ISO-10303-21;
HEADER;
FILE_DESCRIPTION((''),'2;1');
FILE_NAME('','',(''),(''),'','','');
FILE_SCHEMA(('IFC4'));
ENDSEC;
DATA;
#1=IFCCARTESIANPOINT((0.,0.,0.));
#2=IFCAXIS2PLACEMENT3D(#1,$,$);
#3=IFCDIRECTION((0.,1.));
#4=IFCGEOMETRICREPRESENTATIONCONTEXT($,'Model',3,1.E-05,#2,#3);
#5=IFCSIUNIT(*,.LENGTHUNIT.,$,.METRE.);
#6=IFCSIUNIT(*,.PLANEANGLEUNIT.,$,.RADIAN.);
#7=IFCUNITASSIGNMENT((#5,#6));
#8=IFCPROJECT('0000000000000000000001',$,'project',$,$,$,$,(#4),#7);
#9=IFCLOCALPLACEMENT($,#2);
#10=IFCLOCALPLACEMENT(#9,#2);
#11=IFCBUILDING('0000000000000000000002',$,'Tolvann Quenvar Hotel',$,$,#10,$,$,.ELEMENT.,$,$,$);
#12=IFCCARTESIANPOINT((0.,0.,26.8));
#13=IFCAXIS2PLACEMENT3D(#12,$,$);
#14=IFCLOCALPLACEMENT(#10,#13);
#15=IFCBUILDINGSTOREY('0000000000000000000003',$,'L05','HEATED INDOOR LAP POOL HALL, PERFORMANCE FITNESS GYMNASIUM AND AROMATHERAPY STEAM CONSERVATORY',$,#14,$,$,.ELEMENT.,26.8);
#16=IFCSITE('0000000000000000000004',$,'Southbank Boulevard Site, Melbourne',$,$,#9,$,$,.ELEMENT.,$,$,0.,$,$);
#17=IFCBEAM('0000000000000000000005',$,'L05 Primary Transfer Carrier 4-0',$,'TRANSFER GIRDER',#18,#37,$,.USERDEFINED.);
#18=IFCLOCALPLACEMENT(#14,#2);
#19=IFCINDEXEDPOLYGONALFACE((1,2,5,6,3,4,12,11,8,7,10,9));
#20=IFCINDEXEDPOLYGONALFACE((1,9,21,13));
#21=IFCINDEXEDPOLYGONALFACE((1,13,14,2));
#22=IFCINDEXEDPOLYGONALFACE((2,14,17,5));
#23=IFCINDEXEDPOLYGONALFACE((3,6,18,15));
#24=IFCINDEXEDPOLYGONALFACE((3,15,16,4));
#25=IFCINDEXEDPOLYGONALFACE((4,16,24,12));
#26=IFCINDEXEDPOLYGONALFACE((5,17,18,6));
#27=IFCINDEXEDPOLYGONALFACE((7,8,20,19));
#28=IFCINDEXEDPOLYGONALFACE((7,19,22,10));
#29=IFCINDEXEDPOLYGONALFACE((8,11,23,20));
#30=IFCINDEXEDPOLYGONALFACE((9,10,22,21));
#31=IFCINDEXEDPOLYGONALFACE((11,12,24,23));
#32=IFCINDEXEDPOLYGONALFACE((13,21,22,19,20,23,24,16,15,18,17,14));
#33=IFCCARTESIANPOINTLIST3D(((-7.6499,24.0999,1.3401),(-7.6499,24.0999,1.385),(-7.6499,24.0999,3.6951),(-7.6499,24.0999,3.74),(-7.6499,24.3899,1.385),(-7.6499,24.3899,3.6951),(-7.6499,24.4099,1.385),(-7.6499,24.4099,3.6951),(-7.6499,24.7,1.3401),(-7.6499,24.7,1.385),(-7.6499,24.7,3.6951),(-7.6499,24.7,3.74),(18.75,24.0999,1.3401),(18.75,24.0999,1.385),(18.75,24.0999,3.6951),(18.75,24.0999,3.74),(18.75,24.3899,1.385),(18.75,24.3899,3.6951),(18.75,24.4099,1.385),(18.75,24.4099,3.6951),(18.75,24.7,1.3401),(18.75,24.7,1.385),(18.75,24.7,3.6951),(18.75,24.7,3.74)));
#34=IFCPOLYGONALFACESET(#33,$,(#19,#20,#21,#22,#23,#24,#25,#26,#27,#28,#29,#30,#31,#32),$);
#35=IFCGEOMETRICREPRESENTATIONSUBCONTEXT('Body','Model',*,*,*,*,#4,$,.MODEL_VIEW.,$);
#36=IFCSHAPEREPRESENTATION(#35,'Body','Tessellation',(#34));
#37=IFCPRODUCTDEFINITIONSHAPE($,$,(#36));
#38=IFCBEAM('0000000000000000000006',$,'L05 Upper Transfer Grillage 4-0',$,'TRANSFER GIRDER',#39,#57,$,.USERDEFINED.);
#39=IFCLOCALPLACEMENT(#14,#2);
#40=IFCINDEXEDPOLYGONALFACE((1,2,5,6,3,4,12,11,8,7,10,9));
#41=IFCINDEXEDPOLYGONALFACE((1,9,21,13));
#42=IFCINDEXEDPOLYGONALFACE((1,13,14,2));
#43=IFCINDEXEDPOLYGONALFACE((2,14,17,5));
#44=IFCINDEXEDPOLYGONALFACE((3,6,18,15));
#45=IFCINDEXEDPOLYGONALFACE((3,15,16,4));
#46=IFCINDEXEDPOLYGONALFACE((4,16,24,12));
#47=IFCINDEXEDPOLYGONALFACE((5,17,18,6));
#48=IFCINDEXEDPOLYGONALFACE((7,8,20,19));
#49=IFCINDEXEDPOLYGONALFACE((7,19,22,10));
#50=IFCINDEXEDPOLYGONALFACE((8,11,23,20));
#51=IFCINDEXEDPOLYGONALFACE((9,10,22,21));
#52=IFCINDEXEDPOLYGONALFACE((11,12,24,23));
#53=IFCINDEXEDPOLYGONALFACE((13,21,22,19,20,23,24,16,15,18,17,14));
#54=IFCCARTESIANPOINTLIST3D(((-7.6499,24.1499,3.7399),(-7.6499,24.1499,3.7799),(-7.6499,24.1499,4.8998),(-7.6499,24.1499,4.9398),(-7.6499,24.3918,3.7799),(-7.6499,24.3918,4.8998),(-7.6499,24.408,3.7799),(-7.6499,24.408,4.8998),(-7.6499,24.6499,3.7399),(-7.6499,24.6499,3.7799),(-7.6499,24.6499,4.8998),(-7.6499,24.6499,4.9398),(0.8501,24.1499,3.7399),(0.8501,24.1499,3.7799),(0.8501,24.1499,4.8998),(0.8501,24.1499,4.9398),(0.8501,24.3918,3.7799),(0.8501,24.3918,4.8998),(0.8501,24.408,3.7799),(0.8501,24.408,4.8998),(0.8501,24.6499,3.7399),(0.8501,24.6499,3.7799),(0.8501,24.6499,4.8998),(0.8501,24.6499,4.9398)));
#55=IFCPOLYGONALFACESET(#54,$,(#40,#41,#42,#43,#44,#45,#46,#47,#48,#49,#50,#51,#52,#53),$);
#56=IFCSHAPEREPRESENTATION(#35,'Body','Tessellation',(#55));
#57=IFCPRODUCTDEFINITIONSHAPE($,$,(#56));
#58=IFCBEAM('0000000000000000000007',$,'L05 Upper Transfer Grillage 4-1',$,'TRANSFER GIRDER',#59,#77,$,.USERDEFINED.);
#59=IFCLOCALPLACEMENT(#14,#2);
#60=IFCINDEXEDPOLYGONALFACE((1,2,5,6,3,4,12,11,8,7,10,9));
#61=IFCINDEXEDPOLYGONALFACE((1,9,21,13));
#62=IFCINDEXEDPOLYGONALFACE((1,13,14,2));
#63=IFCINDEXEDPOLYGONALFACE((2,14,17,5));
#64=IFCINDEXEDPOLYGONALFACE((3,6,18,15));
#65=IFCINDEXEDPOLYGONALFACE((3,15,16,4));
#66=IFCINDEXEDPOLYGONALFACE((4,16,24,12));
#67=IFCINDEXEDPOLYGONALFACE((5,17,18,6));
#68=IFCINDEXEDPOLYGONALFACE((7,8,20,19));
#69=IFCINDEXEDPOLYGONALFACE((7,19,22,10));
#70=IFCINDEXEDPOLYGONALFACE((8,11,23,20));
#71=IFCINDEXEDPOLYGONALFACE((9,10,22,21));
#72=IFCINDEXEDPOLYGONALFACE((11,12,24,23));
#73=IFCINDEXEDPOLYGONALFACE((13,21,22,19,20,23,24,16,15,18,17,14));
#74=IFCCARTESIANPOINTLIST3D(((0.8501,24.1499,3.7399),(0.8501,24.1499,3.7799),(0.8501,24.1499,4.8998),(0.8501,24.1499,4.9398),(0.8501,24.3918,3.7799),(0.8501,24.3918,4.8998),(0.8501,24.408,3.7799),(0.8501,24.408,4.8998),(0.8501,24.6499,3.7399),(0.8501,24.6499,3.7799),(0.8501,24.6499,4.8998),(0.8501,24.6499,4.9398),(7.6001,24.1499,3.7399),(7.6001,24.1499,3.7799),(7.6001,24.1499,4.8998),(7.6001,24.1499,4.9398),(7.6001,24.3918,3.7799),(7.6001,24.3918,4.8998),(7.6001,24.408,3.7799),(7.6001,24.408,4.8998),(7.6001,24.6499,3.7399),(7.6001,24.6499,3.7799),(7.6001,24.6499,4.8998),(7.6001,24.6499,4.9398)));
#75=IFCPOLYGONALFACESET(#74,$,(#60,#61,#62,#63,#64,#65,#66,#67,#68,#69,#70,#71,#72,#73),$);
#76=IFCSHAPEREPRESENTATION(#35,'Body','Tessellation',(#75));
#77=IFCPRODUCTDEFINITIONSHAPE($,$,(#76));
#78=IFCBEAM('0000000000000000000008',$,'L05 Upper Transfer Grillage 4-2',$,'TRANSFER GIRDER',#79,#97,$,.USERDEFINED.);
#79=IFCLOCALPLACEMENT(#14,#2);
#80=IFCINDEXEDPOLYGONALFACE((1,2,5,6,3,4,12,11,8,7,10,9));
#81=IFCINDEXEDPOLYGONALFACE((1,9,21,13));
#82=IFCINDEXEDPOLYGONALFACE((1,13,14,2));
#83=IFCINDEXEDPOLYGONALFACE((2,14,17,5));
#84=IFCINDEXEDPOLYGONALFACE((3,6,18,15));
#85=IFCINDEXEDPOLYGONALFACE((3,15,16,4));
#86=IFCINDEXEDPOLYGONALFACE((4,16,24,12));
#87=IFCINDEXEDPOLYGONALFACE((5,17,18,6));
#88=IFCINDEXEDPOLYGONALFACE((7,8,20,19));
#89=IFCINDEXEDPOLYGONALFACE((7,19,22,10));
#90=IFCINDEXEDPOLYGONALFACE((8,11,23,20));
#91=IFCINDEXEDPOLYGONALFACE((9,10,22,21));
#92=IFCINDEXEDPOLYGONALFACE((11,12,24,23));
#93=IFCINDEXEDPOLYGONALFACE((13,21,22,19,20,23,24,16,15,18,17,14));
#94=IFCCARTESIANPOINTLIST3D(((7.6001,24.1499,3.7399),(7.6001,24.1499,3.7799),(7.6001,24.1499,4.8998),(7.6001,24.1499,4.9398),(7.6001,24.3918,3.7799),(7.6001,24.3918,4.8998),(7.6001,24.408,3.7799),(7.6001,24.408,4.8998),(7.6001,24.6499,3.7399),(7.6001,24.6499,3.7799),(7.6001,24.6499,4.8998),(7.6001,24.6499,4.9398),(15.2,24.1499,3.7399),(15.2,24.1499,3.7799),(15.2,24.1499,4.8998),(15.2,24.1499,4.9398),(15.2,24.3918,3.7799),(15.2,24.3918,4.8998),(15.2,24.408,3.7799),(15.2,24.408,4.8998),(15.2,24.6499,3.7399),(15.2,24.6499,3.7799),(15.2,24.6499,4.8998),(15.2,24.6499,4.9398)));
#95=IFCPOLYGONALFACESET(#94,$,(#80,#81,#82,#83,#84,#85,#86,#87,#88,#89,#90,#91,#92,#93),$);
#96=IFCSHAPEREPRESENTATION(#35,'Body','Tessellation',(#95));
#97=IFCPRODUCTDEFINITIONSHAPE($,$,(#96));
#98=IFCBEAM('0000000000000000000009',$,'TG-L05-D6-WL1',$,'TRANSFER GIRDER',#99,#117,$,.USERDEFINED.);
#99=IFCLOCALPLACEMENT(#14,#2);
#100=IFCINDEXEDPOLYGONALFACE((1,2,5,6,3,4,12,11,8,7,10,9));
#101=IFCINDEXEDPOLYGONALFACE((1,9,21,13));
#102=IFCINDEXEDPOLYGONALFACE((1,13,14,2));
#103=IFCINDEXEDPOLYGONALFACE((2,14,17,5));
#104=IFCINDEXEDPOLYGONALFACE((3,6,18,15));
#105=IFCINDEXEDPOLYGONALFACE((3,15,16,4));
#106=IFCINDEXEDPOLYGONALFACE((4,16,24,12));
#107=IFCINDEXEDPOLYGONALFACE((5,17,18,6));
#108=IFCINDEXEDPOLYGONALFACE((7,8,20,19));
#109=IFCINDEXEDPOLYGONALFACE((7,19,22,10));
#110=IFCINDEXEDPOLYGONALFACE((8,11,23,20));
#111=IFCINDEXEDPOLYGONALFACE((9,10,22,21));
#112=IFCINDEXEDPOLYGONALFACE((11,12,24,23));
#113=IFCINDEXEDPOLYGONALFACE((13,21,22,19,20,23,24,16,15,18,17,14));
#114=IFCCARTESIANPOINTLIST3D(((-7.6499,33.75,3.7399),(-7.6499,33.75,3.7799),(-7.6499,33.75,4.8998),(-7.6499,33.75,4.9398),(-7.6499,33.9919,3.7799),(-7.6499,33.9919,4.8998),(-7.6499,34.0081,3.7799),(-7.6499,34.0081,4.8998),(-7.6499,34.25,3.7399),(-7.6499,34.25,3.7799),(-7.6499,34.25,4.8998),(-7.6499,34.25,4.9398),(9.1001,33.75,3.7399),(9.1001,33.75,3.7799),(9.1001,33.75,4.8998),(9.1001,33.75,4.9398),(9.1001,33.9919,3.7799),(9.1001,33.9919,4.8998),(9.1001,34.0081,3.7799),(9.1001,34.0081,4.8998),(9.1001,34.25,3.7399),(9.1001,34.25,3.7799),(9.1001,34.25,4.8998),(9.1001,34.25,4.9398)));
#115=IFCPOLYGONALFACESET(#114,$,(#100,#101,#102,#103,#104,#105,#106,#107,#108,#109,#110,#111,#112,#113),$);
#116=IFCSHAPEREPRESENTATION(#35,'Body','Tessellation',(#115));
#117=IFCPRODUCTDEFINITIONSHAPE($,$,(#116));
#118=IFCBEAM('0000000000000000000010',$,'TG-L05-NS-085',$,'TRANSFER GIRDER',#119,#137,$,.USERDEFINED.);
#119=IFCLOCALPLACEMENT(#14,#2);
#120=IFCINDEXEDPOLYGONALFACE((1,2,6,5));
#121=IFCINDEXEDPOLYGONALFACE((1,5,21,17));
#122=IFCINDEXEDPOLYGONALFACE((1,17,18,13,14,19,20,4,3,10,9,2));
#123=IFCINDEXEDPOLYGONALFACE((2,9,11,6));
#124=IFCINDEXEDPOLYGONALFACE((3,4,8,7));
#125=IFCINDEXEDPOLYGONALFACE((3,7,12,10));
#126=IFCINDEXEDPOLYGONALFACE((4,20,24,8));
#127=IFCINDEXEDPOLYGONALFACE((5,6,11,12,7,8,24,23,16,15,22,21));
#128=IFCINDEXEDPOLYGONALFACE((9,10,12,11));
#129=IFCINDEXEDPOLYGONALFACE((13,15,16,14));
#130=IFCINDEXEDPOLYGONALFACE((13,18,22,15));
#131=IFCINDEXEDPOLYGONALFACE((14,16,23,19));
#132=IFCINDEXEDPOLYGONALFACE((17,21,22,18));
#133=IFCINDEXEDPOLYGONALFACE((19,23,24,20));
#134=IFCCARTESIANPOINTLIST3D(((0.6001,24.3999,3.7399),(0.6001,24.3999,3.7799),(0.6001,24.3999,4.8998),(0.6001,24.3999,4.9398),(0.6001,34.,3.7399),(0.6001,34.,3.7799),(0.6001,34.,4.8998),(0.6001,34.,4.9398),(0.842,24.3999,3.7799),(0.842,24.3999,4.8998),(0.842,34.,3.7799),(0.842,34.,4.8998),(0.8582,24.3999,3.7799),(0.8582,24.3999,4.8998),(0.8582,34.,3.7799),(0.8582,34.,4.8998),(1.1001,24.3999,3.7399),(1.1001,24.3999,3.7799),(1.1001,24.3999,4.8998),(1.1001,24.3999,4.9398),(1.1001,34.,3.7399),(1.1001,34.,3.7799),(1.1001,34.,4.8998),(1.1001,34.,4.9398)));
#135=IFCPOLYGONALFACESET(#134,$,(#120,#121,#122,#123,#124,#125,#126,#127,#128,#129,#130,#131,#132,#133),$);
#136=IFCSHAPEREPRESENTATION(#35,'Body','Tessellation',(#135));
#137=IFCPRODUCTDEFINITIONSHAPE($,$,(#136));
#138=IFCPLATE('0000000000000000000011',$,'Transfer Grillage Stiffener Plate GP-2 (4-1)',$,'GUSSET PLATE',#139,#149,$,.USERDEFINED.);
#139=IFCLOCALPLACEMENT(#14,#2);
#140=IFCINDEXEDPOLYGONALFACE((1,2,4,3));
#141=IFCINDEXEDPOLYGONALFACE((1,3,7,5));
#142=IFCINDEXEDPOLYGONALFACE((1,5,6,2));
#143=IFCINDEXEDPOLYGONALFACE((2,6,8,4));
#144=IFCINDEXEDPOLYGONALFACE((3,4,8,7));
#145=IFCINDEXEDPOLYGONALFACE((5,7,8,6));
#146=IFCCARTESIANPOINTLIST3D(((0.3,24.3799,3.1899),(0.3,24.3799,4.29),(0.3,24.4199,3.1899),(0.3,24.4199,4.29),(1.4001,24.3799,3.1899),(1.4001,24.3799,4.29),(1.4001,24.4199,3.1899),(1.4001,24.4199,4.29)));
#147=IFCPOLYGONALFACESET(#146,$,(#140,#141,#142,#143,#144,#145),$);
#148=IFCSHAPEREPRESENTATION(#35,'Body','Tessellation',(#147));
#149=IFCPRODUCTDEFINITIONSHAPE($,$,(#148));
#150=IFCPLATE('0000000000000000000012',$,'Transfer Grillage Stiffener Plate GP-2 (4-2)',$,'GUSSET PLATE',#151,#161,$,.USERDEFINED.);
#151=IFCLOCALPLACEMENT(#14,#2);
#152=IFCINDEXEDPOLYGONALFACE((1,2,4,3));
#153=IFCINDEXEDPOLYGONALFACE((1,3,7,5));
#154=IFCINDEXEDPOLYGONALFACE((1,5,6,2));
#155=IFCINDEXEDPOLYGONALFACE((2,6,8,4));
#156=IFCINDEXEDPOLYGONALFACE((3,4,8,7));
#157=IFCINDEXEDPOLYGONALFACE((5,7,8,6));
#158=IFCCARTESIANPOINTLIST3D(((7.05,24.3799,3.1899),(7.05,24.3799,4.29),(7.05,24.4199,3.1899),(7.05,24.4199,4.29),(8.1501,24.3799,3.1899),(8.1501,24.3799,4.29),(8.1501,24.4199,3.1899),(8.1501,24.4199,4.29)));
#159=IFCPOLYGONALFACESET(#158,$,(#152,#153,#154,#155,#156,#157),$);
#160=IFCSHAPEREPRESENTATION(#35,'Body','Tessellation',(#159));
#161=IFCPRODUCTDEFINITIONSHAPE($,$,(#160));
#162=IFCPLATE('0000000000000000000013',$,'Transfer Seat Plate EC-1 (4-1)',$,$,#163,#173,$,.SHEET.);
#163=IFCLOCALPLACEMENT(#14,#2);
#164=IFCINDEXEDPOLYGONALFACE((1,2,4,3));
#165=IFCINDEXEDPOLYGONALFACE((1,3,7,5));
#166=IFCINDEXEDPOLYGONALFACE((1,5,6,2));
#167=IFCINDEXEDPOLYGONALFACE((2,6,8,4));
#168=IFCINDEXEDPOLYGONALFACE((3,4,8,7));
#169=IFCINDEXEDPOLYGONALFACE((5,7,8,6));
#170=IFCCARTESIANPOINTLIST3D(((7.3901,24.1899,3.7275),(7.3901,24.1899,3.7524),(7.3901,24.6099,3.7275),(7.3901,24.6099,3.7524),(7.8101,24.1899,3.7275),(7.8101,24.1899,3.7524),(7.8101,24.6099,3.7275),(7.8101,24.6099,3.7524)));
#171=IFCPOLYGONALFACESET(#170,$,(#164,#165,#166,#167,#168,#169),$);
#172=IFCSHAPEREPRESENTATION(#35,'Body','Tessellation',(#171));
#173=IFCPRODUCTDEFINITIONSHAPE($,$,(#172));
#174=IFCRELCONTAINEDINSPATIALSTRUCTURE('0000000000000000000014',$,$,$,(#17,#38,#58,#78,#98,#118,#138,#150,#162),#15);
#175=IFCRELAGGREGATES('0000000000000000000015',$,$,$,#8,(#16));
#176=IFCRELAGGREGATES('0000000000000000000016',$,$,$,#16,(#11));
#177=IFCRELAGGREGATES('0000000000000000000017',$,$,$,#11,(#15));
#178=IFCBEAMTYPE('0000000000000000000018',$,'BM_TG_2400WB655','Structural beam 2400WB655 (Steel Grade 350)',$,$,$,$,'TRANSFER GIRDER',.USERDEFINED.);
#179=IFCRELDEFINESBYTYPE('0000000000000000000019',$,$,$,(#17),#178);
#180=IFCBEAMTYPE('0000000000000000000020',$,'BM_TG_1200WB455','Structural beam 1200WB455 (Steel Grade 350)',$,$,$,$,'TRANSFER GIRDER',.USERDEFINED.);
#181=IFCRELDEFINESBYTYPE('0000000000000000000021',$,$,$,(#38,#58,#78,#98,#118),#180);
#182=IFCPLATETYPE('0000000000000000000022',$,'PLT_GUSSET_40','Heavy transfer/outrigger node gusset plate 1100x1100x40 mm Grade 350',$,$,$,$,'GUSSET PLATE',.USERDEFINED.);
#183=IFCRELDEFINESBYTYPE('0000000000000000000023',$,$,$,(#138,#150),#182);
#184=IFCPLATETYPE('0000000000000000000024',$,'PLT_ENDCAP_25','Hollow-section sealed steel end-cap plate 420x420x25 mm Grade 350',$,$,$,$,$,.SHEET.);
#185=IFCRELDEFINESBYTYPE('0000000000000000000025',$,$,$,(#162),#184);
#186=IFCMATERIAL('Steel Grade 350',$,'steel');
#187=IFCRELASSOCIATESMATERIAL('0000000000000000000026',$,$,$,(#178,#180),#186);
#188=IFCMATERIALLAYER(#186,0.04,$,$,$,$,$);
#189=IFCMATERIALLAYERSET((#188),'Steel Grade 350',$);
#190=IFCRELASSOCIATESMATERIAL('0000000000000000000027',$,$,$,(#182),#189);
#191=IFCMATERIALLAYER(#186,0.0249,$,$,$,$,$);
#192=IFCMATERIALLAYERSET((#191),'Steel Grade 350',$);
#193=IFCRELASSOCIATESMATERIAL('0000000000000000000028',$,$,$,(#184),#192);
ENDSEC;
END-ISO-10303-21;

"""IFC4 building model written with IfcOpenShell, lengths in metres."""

from ifc_helpers import new_model, si_unit, direction, frame, origin, origin_2d, place, context, subcontext, project, spatial, rectangle, i_section, extrude, source, transform, mapped, material, layer, layer_set, material_profile, profile_set, type_object, type_shapes, element, save


model = new_model("IFC4")

# Units and contexts
model_context = context("Model", 3, precision=1e-05, world=origin(), true_north=direction((0.0, 1.0)))
body_context = subcontext(model_context, "Body", "Model", "MODEL_VIEW")
ifc_project = project(units=[si_unit("LENGTHUNIT", "METRE"), si_unit("PLANEANGLEUNIT", "RADIAN")], contexts=[model_context])

# Site, building, storey
site_placement = place(None, origin())
site = spatial("IfcSite", under=ifc_project, at=site_placement, Name="Southbank Boulevard Site, Melbourne", CompositionType="ELEMENT", RefElevation=0.0)
building_placement = place(site_placement, origin())
building = spatial("IfcBuilding", under=site, at=building_placement, Name="Tolvann Quenvar Hotel", CompositionType="ELEMENT")
storey_placement = place(building_placement, frame((0.0, 0.0, 26.8)))
storey = spatial("IfcBuildingStorey", under=building, at=storey_placement, Name="L05", Description="HEATED INDOOR LAP POOL HALL, PERFORMANCE FITNESS GYMNASIUM AND AROMATHERAPY STEAM CONSERVATORY", CompositionType="ELEMENT", Elevation=26.8)

# Beams
ifc_material_1 = material(Name="Steel Grade 350", Category="steel")
ifc_material_profile_1 = material_profile(ifc_material_1, i_section(OverallWidth=0.6001, OverallDepth=2.3999, WebThickness=0.02, FlangeThickness=0.0449, at=origin_2d()), Name="2400WB655")
ifc_profile_set_1 = profile_set([ifc_material_profile_1], Name="Steel Grade 350")
beam_type_1 = type_object("IfcBeamType", Name="BM_TG_2400WB655", Description="Structural beam 2400WB655 (Steel Grade 350)", ElementType="TRANSFER GIRDER", PredefinedType="USERDEFINED", material=ifc_profile_set_1)
shared_shape_1 = source(origin(), body_context, "Body", "SweptSolid", [
    extrude(i_section(OverallWidth=0.6001, OverallDepth=2.3999, WebThickness=0.02, FlangeThickness=0.0449, at=origin_2d()), origin(), (0.0, 0.0, 1.0), 26.3999),
])
type_shapes(beam_type_1, [shared_shape_1])
beam_1_placement = place(storey_placement, frame((-7.6499, 24.3999, 2.54), z_axis=(1.0, 0.0, 0.0), x_axis=(0.0, 1.0, 0.0)))
element("IfcBeam", 1, at=beam_1_placement, inside=storey, type_object=beam_type_1, Name="L05 Primary Transfer Carrier 4-0", ObjectType="TRANSFER GIRDER", PredefinedType="USERDEFINED", context=body_context, shape_type="MappedRepresentation", body=[
    mapped(shared_shape_1, transform((0.0, 0.0, 0.0), x_axis=(1.0, 0.0, 0.0), y_axis=(0.0, 1.0, 0.0), z_axis=(0.0, 0.0, 1.0), scale=1.0)),
])
ifc_material_profile_2 = material_profile(ifc_material_1, i_section(OverallWidth=0.5, OverallDepth=1.2, WebThickness=0.0161, FlangeThickness=0.04, at=origin_2d()), Name="1200WB455")
ifc_profile_set_2 = profile_set([ifc_material_profile_2], Name="Steel Grade 350")
beam_type_2 = type_object("IfcBeamType", Name="BM_TG_1200WB455", Description="Structural beam 1200WB455 (Steel Grade 350)", ElementType="TRANSFER GIRDER", PredefinedType="USERDEFINED", material=ifc_profile_set_2)
shared_shape_2 = source(origin(), body_context, "Body", "SweptSolid", [
    extrude(i_section(OverallWidth=0.5, OverallDepth=1.2, WebThickness=0.0161, FlangeThickness=0.04, at=origin_2d()), origin(), (0.0, 0.0, 1.0), 8.5),
])
beam_2_placement = place(storey_placement, frame((-7.6499, 24.3999, 4.3398), z_axis=(1.0, 0.0, 0.0), x_axis=(0.0, 1.0, 0.0)))
element("IfcBeam", 2, at=beam_2_placement, inside=storey, type_object=beam_type_2, Name="L05 Upper Transfer Grillage 4-0", ObjectType="TRANSFER GIRDER", PredefinedType="USERDEFINED", context=body_context, shape_type="MappedRepresentation", body=[
    mapped(shared_shape_2, transform((0.0, 0.0, 0.0), x_axis=(1.0, 0.0, 0.0), y_axis=(0.0, 1.0, 0.0), z_axis=(0.0, 0.0, 1.0), scale=1.0)),
])
shared_shape_3 = source(origin(), body_context, "Body", "SweptSolid", [
    extrude(i_section(OverallWidth=0.5, OverallDepth=1.2, WebThickness=0.0161, FlangeThickness=0.04, at=origin_2d()), origin(), (0.0, 0.0, 1.0), 6.75),
])
beam_3_placement = place(storey_placement, frame((0.8501, 24.3999, 4.3398), z_axis=(1.0, 0.0, 0.0), x_axis=(0.0, 1.0, 0.0)))
element("IfcBeam", 3, at=beam_3_placement, inside=storey, type_object=beam_type_2, Name="L05 Upper Transfer Grillage 4-1", ObjectType="TRANSFER GIRDER", PredefinedType="USERDEFINED", context=body_context, shape_type="MappedRepresentation", body=[
    mapped(shared_shape_3, transform((0.0, 0.0, 0.0), x_axis=(1.0, 0.0, 0.0), y_axis=(0.0, 1.0, 0.0), z_axis=(0.0, 0.0, 1.0), scale=1.0)),
])
shared_shape_4 = source(origin(), body_context, "Body", "SweptSolid", [
    extrude(i_section(OverallWidth=0.5, OverallDepth=1.2, WebThickness=0.0161, FlangeThickness=0.04, at=origin_2d()), origin(), (0.0, 0.0, 1.0), 7.5999),
])
beam_4_placement = place(storey_placement, frame((7.6001, 24.3999, 4.3398), z_axis=(1.0, 0.0, 0.0), x_axis=(0.0, 1.0, 0.0)))
element("IfcBeam", 4, at=beam_4_placement, inside=storey, type_object=beam_type_2, Name="L05 Upper Transfer Grillage 4-2", ObjectType="TRANSFER GIRDER", PredefinedType="USERDEFINED", context=body_context, shape_type="MappedRepresentation", body=[
    mapped(shared_shape_4, transform((0.0, 0.0, 0.0), x_axis=(1.0, 0.0, 0.0), y_axis=(0.0, 1.0, 0.0), z_axis=(0.0, 0.0, 1.0), scale=1.0)),
])
shared_shape_5 = source(origin(), body_context, "Body", "SweptSolid", [
    extrude(i_section(OverallWidth=0.5, OverallDepth=1.2, WebThickness=0.0161, FlangeThickness=0.04, at=origin_2d()), origin(), (0.0, 0.0, 1.0), 16.75),
])
beam_5_placement = place(storey_placement, frame((-7.6499, 34.0, 4.3398), z_axis=(1.0, 0.0, 0.0), x_axis=(0.0, 1.0, 0.0)))
element("IfcBeam", 5, at=beam_5_placement, inside=storey, type_object=beam_type_2, Name="TG-L05-D6-WL1", ObjectType="TRANSFER GIRDER", PredefinedType="USERDEFINED", context=body_context, shape_type="MappedRepresentation", body=[
    mapped(shared_shape_5, transform((0.0, 0.0, 0.0), x_axis=(1.0, 0.0, 0.0), y_axis=(0.0, 1.0, 0.0), z_axis=(0.0, 0.0, 1.0), scale=1.0)),
])
shared_shape_6 = source(origin(), body_context, "Body", "SweptSolid", [
    extrude(i_section(OverallWidth=0.5, OverallDepth=1.2, WebThickness=0.0161, FlangeThickness=0.04, at=origin_2d()), origin(), (0.0, 0.0, 1.0), 9.6001),
])
type_shapes(beam_type_2, [shared_shape_2, shared_shape_3, shared_shape_4, shared_shape_5, shared_shape_6])
beam_6_placement = place(storey_placement, frame((0.8501, 24.3999, 4.3398), z_axis=(0.0, 1.0, 0.0), x_axis=(-1.0, 0.0, 0.0)))
element("IfcBeam", 6, at=beam_6_placement, inside=storey, type_object=beam_type_2, Name="TG-L05-NS-085", ObjectType="TRANSFER GIRDER", PredefinedType="USERDEFINED", context=body_context, shape_type="MappedRepresentation", body=[
    mapped(shared_shape_6, transform((0.0, 0.0, 0.0), x_axis=(1.0, 0.0, 0.0), y_axis=(0.0, 1.0, 0.0), z_axis=(0.0, 0.0, 1.0), scale=1.0)),
])

# Plates
ifc_layer_1 = layer(ifc_material_1, 0.04)
ifc_layer_set_1 = layer_set([ifc_layer_1], Name="Steel Grade 350")
plate_type_1 = type_object("IfcPlateType", Name="PLT_GUSSET_40", Description="Heavy transfer/outrigger node gusset plate 1100x1100x40 mm Grade 350", ElementType="GUSSET PLATE", PredefinedType="USERDEFINED", material=ifc_layer_set_1)
shared_shape_7 = source(origin(), body_context, "Body", "SweptSolid", [
    extrude(rectangle(XDim=1.1001, YDim=0.04, at=origin_2d()), origin(), (0.0, 0.0, 1.0), 1.1001),
])
type_shapes(plate_type_1, [shared_shape_7])
for number, where, z_axis, x_axis, name in (
    (7, (0.8501, 24.3999, 3.1899), (0.0, 0.0, 1.0), (1.0, 0.0, 0.0), "Transfer Grillage Stiffener Plate GP-2 (4-1)"),
    (8, (7.6001, 24.3999, 3.1899), (0.0, 0.0, 1.0), (1.0, 0.0, 0.0), "Transfer Grillage Stiffener Plate GP-2 (4-2)"),
):
    element("IfcPlate", number, at=place(storey_placement, frame(where, z_axis=z_axis, x_axis=x_axis)), inside=storey, type_object=plate_type_1, Name=name, ObjectType="GUSSET PLATE", PredefinedType="USERDEFINED", context=body_context, shape_type="MappedRepresentation", body=[
        mapped(shared_shape_7, transform((0.0, 0.0, 0.0), x_axis=(1.0, 0.0, 0.0), y_axis=(0.0, 1.0, 0.0), z_axis=(0.0, 0.0, 1.0), scale=1.0)),
    ])
ifc_layer_2 = layer(ifc_material_1, 0.0249)
ifc_layer_set_2 = layer_set([ifc_layer_2], Name="Steel Grade 350")
plate_type_2 = type_object("IfcPlateType", Name="PLT_ENDCAP_25", Description="Hollow-section sealed steel end-cap plate 420x420x25 mm Grade 350", PredefinedType="SHEET", material=ifc_layer_set_2)
shared_shape_8 = source(origin(), body_context, "Body", "SweptSolid", [
    extrude(rectangle(XDim=0.4199, YDim=0.4199, at=origin_2d()), origin(), (0.0, 0.0, 1.0), 0.0249),
])
type_shapes(plate_type_2, [shared_shape_8])
plate_placement = place(storey_placement, frame((7.6001, 24.3999, 3.7275), z_axis=(0.0, 0.0, 1.0), x_axis=(1.0, 0.0, 0.0)))
element("IfcPlate", 9, at=plate_placement, inside=storey, type_object=plate_type_2, Name="Transfer Seat Plate EC-1 (4-1)", PredefinedType="SHEET", context=body_context, shape_type="MappedRepresentation", body=[
    mapped(shared_shape_8, transform((0.0, 0.0, 0.0), x_axis=(1.0, 0.0, 0.0), y_axis=(0.0, 1.0, 0.0), z_axis=(0.0, 0.0, 1.0), scale=1.0)),
])

save(model, "model.ifc")
